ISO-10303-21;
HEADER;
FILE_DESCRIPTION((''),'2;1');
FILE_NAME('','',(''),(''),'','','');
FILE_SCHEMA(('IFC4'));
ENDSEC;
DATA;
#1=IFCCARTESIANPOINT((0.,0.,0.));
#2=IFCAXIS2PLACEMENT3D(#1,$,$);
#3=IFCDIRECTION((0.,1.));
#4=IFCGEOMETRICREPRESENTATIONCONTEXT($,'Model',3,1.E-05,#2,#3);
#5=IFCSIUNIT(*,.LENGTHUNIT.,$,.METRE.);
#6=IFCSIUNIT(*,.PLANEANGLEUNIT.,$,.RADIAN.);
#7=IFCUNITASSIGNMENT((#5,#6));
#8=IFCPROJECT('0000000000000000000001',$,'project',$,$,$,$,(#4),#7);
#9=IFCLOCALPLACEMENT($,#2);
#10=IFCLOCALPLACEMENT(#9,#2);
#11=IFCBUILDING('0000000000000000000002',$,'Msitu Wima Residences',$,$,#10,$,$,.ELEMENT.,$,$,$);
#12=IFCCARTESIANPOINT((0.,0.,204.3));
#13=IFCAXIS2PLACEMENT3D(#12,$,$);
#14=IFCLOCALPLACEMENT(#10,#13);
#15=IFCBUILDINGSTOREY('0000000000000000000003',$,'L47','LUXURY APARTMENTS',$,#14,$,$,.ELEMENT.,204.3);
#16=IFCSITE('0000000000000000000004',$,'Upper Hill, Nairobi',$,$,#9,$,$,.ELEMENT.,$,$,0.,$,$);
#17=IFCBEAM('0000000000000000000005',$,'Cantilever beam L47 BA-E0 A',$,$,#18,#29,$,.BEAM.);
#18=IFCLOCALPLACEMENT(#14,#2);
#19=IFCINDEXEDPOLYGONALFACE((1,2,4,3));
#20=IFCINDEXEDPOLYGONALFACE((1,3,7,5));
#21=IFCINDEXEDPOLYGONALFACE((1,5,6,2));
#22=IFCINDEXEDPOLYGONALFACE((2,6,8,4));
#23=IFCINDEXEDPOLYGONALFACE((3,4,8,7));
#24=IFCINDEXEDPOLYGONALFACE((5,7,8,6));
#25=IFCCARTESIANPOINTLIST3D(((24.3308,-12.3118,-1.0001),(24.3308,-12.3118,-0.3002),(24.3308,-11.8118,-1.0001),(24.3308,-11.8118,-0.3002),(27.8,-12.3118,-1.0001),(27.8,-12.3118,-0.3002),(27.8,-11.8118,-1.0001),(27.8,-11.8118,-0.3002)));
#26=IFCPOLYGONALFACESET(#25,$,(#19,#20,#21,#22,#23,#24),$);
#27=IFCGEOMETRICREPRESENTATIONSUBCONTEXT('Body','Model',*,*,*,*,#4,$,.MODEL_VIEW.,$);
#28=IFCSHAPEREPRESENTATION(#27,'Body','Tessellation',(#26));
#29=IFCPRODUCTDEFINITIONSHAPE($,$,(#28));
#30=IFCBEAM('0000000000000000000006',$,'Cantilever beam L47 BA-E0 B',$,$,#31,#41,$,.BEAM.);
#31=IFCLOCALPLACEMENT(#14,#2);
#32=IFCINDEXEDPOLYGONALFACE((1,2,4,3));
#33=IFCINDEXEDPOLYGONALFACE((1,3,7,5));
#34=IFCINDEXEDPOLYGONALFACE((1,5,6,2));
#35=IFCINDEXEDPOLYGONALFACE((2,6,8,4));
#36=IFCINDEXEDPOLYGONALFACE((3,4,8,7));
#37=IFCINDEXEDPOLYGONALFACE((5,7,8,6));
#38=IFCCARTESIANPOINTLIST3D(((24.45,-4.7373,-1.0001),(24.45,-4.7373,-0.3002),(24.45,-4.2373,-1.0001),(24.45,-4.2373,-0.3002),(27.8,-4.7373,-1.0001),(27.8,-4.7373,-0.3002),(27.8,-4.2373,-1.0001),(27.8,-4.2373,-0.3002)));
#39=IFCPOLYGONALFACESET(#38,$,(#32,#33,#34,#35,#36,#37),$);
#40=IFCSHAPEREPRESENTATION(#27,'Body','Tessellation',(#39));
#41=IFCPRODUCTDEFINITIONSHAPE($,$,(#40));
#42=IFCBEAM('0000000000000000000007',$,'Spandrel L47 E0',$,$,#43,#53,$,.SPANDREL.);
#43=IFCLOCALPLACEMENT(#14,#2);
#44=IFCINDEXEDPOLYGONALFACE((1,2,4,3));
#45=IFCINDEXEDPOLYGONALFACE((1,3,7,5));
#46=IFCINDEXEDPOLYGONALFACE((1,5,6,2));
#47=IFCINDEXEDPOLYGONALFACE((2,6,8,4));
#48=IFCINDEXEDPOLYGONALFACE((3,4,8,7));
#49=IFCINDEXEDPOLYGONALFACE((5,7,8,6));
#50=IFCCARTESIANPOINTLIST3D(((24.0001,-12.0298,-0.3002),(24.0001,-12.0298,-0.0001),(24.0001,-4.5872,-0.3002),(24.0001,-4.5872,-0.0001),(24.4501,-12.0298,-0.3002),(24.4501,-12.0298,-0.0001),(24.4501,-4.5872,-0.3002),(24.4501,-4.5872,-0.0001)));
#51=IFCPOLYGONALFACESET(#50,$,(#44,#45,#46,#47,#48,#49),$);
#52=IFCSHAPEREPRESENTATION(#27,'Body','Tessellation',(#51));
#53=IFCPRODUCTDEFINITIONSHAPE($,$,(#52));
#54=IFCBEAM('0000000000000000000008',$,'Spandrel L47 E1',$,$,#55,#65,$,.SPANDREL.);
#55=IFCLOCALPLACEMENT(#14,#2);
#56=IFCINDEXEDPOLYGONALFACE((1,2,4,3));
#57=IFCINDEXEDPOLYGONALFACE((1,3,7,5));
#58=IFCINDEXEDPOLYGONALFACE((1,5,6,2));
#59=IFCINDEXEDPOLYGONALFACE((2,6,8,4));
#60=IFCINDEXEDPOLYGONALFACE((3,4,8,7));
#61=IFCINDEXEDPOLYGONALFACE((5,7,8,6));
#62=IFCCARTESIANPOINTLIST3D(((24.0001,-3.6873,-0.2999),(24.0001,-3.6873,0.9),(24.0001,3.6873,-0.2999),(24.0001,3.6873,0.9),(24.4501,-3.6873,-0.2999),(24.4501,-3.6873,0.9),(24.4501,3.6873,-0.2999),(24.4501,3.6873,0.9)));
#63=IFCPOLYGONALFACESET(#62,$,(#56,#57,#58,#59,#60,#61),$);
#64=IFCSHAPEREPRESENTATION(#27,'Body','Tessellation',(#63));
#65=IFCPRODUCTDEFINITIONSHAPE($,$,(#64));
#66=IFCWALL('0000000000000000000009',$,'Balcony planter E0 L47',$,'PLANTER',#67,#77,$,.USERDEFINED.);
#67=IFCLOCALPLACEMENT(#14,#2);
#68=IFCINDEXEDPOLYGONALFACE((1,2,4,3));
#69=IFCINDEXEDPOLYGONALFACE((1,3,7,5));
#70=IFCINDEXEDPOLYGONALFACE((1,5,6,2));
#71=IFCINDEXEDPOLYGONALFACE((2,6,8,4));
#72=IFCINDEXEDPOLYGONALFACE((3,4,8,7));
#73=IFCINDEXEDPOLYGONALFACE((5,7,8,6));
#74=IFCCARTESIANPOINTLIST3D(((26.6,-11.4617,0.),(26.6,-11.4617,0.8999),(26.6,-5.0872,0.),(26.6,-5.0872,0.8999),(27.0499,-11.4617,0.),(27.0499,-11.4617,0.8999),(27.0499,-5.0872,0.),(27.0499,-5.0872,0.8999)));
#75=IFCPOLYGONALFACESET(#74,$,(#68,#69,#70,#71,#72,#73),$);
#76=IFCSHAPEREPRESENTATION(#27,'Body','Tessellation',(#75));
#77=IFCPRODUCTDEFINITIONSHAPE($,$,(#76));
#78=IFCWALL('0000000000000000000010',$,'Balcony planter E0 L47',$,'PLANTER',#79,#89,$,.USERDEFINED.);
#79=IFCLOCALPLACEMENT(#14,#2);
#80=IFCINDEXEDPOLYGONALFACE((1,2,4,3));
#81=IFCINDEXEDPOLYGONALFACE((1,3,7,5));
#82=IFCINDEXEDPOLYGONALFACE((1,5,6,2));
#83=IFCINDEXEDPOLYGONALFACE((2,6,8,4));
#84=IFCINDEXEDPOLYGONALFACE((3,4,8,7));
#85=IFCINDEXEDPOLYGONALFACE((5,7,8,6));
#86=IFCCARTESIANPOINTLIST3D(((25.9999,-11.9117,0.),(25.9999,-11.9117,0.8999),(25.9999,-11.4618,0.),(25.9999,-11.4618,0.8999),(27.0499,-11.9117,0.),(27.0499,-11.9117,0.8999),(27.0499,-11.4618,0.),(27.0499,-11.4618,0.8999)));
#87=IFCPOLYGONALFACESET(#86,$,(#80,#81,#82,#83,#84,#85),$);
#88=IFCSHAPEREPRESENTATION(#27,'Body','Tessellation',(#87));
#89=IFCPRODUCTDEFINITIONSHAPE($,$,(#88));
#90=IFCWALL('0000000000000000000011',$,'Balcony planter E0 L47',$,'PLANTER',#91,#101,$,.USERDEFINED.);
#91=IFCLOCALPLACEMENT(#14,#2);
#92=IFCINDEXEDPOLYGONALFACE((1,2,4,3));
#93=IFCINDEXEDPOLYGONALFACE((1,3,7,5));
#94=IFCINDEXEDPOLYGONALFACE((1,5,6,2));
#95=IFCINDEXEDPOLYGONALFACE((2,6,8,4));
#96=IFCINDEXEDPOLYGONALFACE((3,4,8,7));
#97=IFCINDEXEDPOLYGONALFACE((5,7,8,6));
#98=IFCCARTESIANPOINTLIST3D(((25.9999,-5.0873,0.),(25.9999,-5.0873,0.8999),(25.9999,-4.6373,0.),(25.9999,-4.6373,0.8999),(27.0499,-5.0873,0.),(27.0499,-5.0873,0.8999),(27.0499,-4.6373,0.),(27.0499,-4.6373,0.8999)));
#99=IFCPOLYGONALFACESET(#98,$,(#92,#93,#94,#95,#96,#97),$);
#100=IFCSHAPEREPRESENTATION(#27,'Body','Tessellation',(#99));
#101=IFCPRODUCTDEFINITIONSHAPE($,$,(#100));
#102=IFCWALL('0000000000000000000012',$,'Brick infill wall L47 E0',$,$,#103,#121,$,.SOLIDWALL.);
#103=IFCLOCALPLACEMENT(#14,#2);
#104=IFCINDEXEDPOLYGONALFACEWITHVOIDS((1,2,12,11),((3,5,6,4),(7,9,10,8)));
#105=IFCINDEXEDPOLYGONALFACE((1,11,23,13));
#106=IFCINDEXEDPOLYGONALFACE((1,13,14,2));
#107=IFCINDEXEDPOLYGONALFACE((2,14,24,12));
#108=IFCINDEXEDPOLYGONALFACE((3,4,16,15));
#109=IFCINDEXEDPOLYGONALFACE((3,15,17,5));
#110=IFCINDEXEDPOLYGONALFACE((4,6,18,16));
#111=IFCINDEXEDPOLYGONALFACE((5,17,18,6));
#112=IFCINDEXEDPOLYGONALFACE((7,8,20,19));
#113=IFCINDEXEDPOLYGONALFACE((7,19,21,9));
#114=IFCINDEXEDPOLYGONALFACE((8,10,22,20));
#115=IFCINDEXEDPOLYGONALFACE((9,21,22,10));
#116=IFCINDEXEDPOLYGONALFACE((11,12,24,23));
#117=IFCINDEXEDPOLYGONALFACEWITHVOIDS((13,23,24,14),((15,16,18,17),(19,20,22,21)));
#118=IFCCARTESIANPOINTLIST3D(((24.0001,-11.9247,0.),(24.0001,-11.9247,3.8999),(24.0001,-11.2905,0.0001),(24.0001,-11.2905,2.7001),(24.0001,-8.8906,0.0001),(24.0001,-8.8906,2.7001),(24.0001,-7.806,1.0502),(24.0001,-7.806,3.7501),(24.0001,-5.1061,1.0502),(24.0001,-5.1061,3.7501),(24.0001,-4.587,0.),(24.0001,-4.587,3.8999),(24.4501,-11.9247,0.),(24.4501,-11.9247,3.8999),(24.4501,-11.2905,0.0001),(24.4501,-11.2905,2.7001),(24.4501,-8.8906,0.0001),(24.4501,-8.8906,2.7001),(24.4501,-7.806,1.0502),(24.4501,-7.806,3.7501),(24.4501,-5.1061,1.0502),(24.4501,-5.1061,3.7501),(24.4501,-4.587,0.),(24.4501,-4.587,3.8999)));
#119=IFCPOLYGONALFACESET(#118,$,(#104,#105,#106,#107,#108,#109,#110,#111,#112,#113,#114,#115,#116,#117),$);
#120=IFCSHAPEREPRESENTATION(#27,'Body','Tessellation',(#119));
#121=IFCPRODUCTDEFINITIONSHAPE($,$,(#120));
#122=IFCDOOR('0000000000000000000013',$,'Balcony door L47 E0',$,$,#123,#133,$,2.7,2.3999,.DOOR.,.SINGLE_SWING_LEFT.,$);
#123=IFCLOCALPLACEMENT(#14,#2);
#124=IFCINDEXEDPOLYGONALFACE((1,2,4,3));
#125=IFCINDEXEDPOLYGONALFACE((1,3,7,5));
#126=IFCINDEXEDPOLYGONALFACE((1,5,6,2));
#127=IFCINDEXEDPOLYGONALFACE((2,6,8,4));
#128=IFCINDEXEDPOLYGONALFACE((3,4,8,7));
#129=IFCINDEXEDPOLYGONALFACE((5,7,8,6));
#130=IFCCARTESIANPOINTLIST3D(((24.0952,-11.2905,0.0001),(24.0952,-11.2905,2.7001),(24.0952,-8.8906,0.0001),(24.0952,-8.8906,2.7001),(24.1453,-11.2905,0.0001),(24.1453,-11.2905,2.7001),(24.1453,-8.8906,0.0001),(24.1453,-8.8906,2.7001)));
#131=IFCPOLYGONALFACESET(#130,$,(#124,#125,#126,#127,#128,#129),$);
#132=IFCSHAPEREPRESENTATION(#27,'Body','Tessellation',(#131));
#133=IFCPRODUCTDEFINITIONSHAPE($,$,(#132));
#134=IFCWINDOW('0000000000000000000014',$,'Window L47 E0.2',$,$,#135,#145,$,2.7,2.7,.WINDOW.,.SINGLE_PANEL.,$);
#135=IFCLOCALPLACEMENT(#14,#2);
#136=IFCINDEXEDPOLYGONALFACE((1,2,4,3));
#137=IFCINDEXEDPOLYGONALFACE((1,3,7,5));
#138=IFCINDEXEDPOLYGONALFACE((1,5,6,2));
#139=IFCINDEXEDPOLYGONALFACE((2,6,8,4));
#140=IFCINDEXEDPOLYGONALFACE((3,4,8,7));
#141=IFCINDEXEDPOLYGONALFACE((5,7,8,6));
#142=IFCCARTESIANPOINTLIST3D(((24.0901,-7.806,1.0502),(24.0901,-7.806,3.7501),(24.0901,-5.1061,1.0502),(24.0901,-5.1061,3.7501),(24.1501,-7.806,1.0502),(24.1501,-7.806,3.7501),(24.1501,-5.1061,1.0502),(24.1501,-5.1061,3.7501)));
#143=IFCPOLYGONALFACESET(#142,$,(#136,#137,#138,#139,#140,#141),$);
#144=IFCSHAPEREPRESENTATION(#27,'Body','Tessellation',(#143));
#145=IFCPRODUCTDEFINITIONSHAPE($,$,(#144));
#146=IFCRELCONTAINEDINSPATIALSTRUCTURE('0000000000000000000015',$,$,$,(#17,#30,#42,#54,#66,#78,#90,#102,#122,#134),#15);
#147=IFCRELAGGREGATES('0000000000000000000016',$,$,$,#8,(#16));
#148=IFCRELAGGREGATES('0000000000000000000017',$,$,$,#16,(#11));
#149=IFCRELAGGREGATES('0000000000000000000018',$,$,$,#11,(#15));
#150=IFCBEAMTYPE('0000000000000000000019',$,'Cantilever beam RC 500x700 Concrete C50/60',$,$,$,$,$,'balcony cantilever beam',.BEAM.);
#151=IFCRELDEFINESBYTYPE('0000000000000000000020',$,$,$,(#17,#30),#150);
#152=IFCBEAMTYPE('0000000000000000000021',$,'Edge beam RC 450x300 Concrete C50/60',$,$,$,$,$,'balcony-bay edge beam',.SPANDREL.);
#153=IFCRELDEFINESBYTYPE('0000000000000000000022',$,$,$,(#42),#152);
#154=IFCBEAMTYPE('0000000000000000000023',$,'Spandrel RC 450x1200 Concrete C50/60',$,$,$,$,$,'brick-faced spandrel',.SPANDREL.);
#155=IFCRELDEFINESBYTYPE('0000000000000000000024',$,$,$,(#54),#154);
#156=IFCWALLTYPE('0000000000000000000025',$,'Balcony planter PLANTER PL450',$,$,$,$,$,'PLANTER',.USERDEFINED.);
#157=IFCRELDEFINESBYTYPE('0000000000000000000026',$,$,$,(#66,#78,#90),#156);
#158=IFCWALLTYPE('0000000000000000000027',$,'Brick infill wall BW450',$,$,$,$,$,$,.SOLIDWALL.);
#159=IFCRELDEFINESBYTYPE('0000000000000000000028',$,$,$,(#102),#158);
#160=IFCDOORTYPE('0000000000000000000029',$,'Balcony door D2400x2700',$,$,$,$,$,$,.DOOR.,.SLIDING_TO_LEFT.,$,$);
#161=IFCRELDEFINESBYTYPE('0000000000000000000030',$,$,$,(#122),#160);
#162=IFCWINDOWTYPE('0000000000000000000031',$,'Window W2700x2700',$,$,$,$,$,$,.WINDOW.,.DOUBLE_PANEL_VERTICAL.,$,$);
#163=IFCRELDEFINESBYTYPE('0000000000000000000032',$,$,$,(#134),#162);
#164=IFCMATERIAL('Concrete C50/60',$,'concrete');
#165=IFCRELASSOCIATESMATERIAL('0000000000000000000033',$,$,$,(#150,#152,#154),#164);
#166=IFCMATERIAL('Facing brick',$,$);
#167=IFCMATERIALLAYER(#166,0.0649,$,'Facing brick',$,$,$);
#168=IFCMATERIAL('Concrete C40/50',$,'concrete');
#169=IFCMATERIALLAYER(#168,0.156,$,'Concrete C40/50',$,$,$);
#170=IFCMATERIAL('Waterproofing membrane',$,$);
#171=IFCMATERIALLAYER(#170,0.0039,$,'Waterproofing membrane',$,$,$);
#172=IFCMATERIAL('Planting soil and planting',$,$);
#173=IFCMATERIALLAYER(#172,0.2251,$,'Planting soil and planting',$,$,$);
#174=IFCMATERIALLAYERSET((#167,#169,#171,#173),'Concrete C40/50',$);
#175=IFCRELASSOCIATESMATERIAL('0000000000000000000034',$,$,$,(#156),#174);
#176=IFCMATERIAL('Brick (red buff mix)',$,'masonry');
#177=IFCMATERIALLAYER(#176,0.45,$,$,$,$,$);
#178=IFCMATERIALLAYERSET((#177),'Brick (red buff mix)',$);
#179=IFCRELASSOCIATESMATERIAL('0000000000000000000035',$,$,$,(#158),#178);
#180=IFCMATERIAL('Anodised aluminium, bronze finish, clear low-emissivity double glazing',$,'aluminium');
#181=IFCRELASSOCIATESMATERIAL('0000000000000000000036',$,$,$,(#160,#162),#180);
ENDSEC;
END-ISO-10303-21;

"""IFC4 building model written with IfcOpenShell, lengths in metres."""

from ifc_helpers import new_model, si_unit, direction, frame, frame_2d, origin, origin_2d, place, context, subcontext, project, spatial, rectangle, extrude, material, layer, layer_set, material_profile, profile_set, type_object, element, fill, save


model = new_model("IFC4")

# Units and contexts
model_context = context("Model", 3, precision=1e-05, world=origin(), true_north=direction((0.0, 1.0)))
body_context = subcontext(model_context, "Body", "Model", "MODEL_VIEW")
ifc_project = project(units=[si_unit("LENGTHUNIT", "METRE"), si_unit("PLANEANGLEUNIT", "RADIAN")], contexts=[model_context])

# Site, building, storey
site_placement = place(None, origin())
site = spatial("IfcSite", under=ifc_project, at=site_placement, Name="Upper Hill, Nairobi", CompositionType="ELEMENT", RefElevation=0.0)
building_placement = place(site_placement, origin())
building = spatial("IfcBuilding", under=site, at=building_placement, Name="Msitu Wima Residences", CompositionType="ELEMENT")
storey_placement = place(building_placement, frame((0.0, 0.0, 204.3)))
storey = spatial("IfcBuildingStorey", under=building, at=storey_placement, Name="L47", Description="LUXURY APARTMENTS", CompositionType="ELEMENT", Elevation=204.3)

# Beams
ifc_material_1 = material(Name="Concrete C50/60", Category="concrete")
ifc_material_profile_1 = material_profile(ifc_material_1, rectangle(XDim=0.5, YDim=0.7, at=origin_2d()), Name="RC 500x700")
ifc_profile_set_1 = profile_set([ifc_material_profile_1], Name="Concrete C50/60")
beam_type_1 = type_object("IfcBeamType", Name="Cantilever beam RC 500x700 Concrete C50/60", ElementType="balcony cantilever beam", PredefinedType="BEAM", material=ifc_profile_set_1)
beam_1_placement = place(storey_placement, frame((24.3308, -12.0618, -0.6501), z_axis=(1.0, 0.0, 0.0), x_axis=(0.0, 1.0, 0.0)))
element("IfcBeam", 1, at=beam_1_placement, inside=storey, type_object=beam_type_1, Name="Cantilever beam L47 BA-E0 A", PredefinedType="BEAM", context=body_context, shape_type="SweptSolid", body=[
    extrude(rectangle(XDim=0.5, YDim=0.7, at=origin_2d()), origin(), (0.0, 0.0, 1.0), 3.4692),
])
beam_2_placement = place(storey_placement, frame((24.45, -4.4873, -0.6501), z_axis=(1.0, 0.0, 0.0), x_axis=(0.0, 1.0, 0.0)))
element("IfcBeam", 2, at=beam_2_placement, inside=storey, type_object=beam_type_1, Name="Cantilever beam L47 BA-E0 B", PredefinedType="BEAM", context=body_context, shape_type="SweptSolid", body=[
    extrude(rectangle(XDim=0.5, YDim=0.7, at=origin_2d()), origin(), (0.0, 0.0, 1.0), 3.3501),
])
ifc_material_profile_2 = material_profile(ifc_material_1, rectangle(XDim=0.45, YDim=0.3, at=origin_2d()), Name="RC 450x300")
ifc_profile_set_2 = profile_set([ifc_material_profile_2], Name="Concrete C50/60")
beam_type_2 = type_object("IfcBeamType", Name="Edge beam RC 450x300 Concrete C50/60", ElementType="balcony-bay edge beam", PredefinedType="SPANDREL", material=ifc_profile_set_2)
beam_3_placement = place(storey_placement, frame((24.2251, -12.0298, -0.1501), z_axis=(0.0, 1.0, 0.0), x_axis=(-1.0, 0.0, 0.0)))
element("IfcBeam", 3, at=beam_3_placement, inside=storey, type_object=beam_type_2, Name="Spandrel L47 E0", PredefinedType="SPANDREL", context=body_context, shape_type="SweptSolid", body=[
    extrude(rectangle(XDim=0.45, YDim=0.3, at=origin_2d()), origin(), (0.0, 0.0, 1.0), 7.4426),
])
ifc_material_profile_3 = material_profile(ifc_material_1, rectangle(XDim=0.45, YDim=1.2, at=origin_2d()), Name="RC 450x1200")
ifc_profile_set_3 = profile_set([ifc_material_profile_3], Name="Concrete C50/60")
beam_type_3 = type_object("IfcBeamType", Name="Spandrel RC 450x1200 Concrete C50/60", ElementType="brick-faced spandrel", PredefinedType="SPANDREL", material=ifc_profile_set_3)
beam_4_placement = place(storey_placement, frame((24.2251, -3.6873, 0.3), z_axis=(0.0, 1.0, 0.0), x_axis=(-1.0, 0.0, 0.0)))
element("IfcBeam", 4, at=beam_4_placement, inside=storey, type_object=beam_type_3, Name="Spandrel L47 E1", PredefinedType="SPANDREL", context=body_context, shape_type="SweptSolid", body=[
    extrude(rectangle(XDim=0.45, YDim=1.2, at=origin_2d()), origin(), (0.0, 0.0, 1.0), 7.3745),
])

# Walls
ifc_material_2 = material(Name="Facing brick")
ifc_layer_1 = layer(ifc_material_2, 0.0649, Name="Facing brick")
ifc_material_3 = material(Name="Concrete C40/50", Category="concrete")
ifc_layer_2 = layer(ifc_material_3, 0.156, Name="Concrete C40/50")
ifc_material_4 = material(Name="Waterproofing membrane")
ifc_layer_3 = layer(ifc_material_4, 0.0039, Name="Waterproofing membrane")
ifc_material_5 = material(Name="Planting soil and planting")
ifc_layer_4 = layer(ifc_material_5, 0.2251, Name="Planting soil and planting")
ifc_layer_set_1 = layer_set([ifc_layer_1, ifc_layer_2, ifc_layer_3, ifc_layer_4], Name="Concrete C40/50")
wall_type_1 = type_object("IfcWallType", Name="Balcony planter PLANTER PL450", ElementType="PLANTER", PredefinedType="USERDEFINED", material=ifc_layer_set_1)
wall_1_placement = place(storey_placement, frame((26.825, -11.4617, 0.0), z_axis=(0.0, 0.0, 1.0), x_axis=(0.0, 1.0, 0.0)))
element("IfcWall", 5, at=wall_1_placement, inside=storey, type_object=wall_type_1, Name="Balcony planter E0 L47", ObjectType="PLANTER", PredefinedType="USERDEFINED", context=body_context, shape_type="SweptSolid", body=[
    extrude(rectangle(XDim=6.3745, YDim=0.45, at=frame_2d((3.1873, 0.0))), origin(), (0.0, 0.0, 1.0), 0.8999),
])
for number, where, z_axis, x_axis, name in (
    (6, (26.0, -11.6868, 0.0), (0.0, 0.0, 1.0), (1.0, 0.0, 0.0), "Balcony planter E0 L47"),
    (7, (26.0, -4.8623, 0.0), (0.0, 0.0, 1.0), (1.0, 0.0, 0.0), "Balcony planter E0 L47"),
):
    element("IfcWall", number, at=place(storey_placement, frame(where, z_axis=z_axis, x_axis=x_axis)), inside=storey, type_object=wall_type_1, Name=name, ObjectType="PLANTER", PredefinedType="USERDEFINED", context=body_context, shape_type="SweptSolid", body=[
        extrude(rectangle(XDim=1.05, YDim=0.45, at=frame_2d((0.5249, 0.0))), origin(), (0.0, 0.0, 1.0), 0.8999),
    ])

# Wall, openings, door, window
ifc_material_6 = material(Name="Brick (red buff mix)", Category="masonry")
ifc_layer_5 = layer(ifc_material_6, 0.45)
ifc_layer_set_2 = layer_set([ifc_layer_5], Name="Brick (red buff mix)")
wall_type_2 = type_object("IfcWallType", Name="Brick infill wall BW450", PredefinedType="SOLIDWALL", material=ifc_layer_set_2)
wall_2_placement = place(storey_placement, frame((24.2251, -11.9248, 0.0), z_axis=(0.0, 0.0, 1.0), x_axis=(0.0, 1.0, 0.0)))
wall_2 = element("IfcWall", 8, at=wall_2_placement, inside=storey, type_object=wall_type_2, Name="Brick infill wall L47 E0", PredefinedType="SOLIDWALL", context=body_context, shape_type="SweptSolid", body=[
    extrude(rectangle(XDim=7.3376, YDim=0.45, at=frame_2d((3.6689, 0.0))), origin(), (0.0, 0.0, 1.0), 3.8999),
])
opening_1_placement = place(wall_2_placement, frame((0.6343, 0.0, 0.0)))
opening_1 = element("IfcOpeningElement", 9, at=opening_1_placement, cuts=wall_2, PredefinedType="OPENING", context=body_context, shape_type="SweptSolid", body=[
    extrude(rectangle(XDim=2.3999, YDim=2.7, at=frame_2d((1.2, 1.3501))), frame((0.0, 0.2349, 0.0), z_axis=(0.0, -1.0, 0.0), x_axis=(1.0, 0.0, 0.0)), (0.0, 0.0, 1.0), 0.47),
])
opening_2_placement = place(wall_2_placement, frame((4.1187, 0.0, 1.05)))
opening_2 = element("IfcOpeningElement", 10, at=opening_2_placement, cuts=wall_2, PredefinedType="OPENING", context=body_context, shape_type="SweptSolid", body=[
    extrude(rectangle(XDim=2.7, YDim=2.7, at=frame_2d((1.3501, 1.3501))), frame((0.0, 0.2349, 0.0), z_axis=(0.0, -1.0, 0.0), x_axis=(1.0, 0.0, 0.0)), (0.0, 0.0, 1.0), 0.47),
])
ifc_material_7 = material(Name="Anodised aluminium, bronze finish, clear low-emissivity double glazing", Category="aluminium")
door_type = type_object("IfcDoorType", Name="Balcony door D2400x2700", OperationType="SLIDING_TO_LEFT", PredefinedType="DOOR", material=ifc_material_7)
door_placement = place(opening_1_placement, origin())
door = element("IfcDoor", 11, at=door_placement, inside=storey, type_object=door_type, Name="Balcony door L47 E0", OperationType="SINGLE_SWING_LEFT", OverallHeight=2.7, OverallWidth=2.3999, PredefinedType="DOOR", context=body_context, shape_type="SweptSolid", body=[
    extrude(rectangle(XDim=2.3999, YDim=2.7, at=frame_2d((1.2, 1.3501))), frame((0.0, 0.1299, 0.0), z_axis=(0.0, -1.0, 0.0), x_axis=(1.0, 0.0, 0.0)), (0.0, 0.0, 1.0), 0.05),
])
fill(opening_1, door)
window_type = type_object("IfcWindowType", Name="Window W2700x2700", PartitioningType="DOUBLE_PANEL_VERTICAL", PredefinedType="WINDOW", material=ifc_material_7)
window_1_placement = place(opening_2_placement, origin())
window_1 = element("IfcWindow", 12, at=window_1_placement, inside=storey, type_object=window_type, Name="Window L47 E0.2", OverallHeight=2.7, OverallWidth=2.7, PartitioningType="SINGLE_PANEL", PredefinedType="WINDOW", context=body_context, shape_type="SweptSolid", body=[
    extrude(rectangle(XDim=2.7, YDim=2.7, at=frame_2d((1.3501, 1.3501))), frame((0.0, 0.135, 0.0), z_axis=(0.0, -1.0, 0.0), x_axis=(1.0, 0.0, 0.0)), (0.0, 0.0, 1.0), 0.0601),
])
fill(opening_2, window_1)

save(model, "model.ifc")
